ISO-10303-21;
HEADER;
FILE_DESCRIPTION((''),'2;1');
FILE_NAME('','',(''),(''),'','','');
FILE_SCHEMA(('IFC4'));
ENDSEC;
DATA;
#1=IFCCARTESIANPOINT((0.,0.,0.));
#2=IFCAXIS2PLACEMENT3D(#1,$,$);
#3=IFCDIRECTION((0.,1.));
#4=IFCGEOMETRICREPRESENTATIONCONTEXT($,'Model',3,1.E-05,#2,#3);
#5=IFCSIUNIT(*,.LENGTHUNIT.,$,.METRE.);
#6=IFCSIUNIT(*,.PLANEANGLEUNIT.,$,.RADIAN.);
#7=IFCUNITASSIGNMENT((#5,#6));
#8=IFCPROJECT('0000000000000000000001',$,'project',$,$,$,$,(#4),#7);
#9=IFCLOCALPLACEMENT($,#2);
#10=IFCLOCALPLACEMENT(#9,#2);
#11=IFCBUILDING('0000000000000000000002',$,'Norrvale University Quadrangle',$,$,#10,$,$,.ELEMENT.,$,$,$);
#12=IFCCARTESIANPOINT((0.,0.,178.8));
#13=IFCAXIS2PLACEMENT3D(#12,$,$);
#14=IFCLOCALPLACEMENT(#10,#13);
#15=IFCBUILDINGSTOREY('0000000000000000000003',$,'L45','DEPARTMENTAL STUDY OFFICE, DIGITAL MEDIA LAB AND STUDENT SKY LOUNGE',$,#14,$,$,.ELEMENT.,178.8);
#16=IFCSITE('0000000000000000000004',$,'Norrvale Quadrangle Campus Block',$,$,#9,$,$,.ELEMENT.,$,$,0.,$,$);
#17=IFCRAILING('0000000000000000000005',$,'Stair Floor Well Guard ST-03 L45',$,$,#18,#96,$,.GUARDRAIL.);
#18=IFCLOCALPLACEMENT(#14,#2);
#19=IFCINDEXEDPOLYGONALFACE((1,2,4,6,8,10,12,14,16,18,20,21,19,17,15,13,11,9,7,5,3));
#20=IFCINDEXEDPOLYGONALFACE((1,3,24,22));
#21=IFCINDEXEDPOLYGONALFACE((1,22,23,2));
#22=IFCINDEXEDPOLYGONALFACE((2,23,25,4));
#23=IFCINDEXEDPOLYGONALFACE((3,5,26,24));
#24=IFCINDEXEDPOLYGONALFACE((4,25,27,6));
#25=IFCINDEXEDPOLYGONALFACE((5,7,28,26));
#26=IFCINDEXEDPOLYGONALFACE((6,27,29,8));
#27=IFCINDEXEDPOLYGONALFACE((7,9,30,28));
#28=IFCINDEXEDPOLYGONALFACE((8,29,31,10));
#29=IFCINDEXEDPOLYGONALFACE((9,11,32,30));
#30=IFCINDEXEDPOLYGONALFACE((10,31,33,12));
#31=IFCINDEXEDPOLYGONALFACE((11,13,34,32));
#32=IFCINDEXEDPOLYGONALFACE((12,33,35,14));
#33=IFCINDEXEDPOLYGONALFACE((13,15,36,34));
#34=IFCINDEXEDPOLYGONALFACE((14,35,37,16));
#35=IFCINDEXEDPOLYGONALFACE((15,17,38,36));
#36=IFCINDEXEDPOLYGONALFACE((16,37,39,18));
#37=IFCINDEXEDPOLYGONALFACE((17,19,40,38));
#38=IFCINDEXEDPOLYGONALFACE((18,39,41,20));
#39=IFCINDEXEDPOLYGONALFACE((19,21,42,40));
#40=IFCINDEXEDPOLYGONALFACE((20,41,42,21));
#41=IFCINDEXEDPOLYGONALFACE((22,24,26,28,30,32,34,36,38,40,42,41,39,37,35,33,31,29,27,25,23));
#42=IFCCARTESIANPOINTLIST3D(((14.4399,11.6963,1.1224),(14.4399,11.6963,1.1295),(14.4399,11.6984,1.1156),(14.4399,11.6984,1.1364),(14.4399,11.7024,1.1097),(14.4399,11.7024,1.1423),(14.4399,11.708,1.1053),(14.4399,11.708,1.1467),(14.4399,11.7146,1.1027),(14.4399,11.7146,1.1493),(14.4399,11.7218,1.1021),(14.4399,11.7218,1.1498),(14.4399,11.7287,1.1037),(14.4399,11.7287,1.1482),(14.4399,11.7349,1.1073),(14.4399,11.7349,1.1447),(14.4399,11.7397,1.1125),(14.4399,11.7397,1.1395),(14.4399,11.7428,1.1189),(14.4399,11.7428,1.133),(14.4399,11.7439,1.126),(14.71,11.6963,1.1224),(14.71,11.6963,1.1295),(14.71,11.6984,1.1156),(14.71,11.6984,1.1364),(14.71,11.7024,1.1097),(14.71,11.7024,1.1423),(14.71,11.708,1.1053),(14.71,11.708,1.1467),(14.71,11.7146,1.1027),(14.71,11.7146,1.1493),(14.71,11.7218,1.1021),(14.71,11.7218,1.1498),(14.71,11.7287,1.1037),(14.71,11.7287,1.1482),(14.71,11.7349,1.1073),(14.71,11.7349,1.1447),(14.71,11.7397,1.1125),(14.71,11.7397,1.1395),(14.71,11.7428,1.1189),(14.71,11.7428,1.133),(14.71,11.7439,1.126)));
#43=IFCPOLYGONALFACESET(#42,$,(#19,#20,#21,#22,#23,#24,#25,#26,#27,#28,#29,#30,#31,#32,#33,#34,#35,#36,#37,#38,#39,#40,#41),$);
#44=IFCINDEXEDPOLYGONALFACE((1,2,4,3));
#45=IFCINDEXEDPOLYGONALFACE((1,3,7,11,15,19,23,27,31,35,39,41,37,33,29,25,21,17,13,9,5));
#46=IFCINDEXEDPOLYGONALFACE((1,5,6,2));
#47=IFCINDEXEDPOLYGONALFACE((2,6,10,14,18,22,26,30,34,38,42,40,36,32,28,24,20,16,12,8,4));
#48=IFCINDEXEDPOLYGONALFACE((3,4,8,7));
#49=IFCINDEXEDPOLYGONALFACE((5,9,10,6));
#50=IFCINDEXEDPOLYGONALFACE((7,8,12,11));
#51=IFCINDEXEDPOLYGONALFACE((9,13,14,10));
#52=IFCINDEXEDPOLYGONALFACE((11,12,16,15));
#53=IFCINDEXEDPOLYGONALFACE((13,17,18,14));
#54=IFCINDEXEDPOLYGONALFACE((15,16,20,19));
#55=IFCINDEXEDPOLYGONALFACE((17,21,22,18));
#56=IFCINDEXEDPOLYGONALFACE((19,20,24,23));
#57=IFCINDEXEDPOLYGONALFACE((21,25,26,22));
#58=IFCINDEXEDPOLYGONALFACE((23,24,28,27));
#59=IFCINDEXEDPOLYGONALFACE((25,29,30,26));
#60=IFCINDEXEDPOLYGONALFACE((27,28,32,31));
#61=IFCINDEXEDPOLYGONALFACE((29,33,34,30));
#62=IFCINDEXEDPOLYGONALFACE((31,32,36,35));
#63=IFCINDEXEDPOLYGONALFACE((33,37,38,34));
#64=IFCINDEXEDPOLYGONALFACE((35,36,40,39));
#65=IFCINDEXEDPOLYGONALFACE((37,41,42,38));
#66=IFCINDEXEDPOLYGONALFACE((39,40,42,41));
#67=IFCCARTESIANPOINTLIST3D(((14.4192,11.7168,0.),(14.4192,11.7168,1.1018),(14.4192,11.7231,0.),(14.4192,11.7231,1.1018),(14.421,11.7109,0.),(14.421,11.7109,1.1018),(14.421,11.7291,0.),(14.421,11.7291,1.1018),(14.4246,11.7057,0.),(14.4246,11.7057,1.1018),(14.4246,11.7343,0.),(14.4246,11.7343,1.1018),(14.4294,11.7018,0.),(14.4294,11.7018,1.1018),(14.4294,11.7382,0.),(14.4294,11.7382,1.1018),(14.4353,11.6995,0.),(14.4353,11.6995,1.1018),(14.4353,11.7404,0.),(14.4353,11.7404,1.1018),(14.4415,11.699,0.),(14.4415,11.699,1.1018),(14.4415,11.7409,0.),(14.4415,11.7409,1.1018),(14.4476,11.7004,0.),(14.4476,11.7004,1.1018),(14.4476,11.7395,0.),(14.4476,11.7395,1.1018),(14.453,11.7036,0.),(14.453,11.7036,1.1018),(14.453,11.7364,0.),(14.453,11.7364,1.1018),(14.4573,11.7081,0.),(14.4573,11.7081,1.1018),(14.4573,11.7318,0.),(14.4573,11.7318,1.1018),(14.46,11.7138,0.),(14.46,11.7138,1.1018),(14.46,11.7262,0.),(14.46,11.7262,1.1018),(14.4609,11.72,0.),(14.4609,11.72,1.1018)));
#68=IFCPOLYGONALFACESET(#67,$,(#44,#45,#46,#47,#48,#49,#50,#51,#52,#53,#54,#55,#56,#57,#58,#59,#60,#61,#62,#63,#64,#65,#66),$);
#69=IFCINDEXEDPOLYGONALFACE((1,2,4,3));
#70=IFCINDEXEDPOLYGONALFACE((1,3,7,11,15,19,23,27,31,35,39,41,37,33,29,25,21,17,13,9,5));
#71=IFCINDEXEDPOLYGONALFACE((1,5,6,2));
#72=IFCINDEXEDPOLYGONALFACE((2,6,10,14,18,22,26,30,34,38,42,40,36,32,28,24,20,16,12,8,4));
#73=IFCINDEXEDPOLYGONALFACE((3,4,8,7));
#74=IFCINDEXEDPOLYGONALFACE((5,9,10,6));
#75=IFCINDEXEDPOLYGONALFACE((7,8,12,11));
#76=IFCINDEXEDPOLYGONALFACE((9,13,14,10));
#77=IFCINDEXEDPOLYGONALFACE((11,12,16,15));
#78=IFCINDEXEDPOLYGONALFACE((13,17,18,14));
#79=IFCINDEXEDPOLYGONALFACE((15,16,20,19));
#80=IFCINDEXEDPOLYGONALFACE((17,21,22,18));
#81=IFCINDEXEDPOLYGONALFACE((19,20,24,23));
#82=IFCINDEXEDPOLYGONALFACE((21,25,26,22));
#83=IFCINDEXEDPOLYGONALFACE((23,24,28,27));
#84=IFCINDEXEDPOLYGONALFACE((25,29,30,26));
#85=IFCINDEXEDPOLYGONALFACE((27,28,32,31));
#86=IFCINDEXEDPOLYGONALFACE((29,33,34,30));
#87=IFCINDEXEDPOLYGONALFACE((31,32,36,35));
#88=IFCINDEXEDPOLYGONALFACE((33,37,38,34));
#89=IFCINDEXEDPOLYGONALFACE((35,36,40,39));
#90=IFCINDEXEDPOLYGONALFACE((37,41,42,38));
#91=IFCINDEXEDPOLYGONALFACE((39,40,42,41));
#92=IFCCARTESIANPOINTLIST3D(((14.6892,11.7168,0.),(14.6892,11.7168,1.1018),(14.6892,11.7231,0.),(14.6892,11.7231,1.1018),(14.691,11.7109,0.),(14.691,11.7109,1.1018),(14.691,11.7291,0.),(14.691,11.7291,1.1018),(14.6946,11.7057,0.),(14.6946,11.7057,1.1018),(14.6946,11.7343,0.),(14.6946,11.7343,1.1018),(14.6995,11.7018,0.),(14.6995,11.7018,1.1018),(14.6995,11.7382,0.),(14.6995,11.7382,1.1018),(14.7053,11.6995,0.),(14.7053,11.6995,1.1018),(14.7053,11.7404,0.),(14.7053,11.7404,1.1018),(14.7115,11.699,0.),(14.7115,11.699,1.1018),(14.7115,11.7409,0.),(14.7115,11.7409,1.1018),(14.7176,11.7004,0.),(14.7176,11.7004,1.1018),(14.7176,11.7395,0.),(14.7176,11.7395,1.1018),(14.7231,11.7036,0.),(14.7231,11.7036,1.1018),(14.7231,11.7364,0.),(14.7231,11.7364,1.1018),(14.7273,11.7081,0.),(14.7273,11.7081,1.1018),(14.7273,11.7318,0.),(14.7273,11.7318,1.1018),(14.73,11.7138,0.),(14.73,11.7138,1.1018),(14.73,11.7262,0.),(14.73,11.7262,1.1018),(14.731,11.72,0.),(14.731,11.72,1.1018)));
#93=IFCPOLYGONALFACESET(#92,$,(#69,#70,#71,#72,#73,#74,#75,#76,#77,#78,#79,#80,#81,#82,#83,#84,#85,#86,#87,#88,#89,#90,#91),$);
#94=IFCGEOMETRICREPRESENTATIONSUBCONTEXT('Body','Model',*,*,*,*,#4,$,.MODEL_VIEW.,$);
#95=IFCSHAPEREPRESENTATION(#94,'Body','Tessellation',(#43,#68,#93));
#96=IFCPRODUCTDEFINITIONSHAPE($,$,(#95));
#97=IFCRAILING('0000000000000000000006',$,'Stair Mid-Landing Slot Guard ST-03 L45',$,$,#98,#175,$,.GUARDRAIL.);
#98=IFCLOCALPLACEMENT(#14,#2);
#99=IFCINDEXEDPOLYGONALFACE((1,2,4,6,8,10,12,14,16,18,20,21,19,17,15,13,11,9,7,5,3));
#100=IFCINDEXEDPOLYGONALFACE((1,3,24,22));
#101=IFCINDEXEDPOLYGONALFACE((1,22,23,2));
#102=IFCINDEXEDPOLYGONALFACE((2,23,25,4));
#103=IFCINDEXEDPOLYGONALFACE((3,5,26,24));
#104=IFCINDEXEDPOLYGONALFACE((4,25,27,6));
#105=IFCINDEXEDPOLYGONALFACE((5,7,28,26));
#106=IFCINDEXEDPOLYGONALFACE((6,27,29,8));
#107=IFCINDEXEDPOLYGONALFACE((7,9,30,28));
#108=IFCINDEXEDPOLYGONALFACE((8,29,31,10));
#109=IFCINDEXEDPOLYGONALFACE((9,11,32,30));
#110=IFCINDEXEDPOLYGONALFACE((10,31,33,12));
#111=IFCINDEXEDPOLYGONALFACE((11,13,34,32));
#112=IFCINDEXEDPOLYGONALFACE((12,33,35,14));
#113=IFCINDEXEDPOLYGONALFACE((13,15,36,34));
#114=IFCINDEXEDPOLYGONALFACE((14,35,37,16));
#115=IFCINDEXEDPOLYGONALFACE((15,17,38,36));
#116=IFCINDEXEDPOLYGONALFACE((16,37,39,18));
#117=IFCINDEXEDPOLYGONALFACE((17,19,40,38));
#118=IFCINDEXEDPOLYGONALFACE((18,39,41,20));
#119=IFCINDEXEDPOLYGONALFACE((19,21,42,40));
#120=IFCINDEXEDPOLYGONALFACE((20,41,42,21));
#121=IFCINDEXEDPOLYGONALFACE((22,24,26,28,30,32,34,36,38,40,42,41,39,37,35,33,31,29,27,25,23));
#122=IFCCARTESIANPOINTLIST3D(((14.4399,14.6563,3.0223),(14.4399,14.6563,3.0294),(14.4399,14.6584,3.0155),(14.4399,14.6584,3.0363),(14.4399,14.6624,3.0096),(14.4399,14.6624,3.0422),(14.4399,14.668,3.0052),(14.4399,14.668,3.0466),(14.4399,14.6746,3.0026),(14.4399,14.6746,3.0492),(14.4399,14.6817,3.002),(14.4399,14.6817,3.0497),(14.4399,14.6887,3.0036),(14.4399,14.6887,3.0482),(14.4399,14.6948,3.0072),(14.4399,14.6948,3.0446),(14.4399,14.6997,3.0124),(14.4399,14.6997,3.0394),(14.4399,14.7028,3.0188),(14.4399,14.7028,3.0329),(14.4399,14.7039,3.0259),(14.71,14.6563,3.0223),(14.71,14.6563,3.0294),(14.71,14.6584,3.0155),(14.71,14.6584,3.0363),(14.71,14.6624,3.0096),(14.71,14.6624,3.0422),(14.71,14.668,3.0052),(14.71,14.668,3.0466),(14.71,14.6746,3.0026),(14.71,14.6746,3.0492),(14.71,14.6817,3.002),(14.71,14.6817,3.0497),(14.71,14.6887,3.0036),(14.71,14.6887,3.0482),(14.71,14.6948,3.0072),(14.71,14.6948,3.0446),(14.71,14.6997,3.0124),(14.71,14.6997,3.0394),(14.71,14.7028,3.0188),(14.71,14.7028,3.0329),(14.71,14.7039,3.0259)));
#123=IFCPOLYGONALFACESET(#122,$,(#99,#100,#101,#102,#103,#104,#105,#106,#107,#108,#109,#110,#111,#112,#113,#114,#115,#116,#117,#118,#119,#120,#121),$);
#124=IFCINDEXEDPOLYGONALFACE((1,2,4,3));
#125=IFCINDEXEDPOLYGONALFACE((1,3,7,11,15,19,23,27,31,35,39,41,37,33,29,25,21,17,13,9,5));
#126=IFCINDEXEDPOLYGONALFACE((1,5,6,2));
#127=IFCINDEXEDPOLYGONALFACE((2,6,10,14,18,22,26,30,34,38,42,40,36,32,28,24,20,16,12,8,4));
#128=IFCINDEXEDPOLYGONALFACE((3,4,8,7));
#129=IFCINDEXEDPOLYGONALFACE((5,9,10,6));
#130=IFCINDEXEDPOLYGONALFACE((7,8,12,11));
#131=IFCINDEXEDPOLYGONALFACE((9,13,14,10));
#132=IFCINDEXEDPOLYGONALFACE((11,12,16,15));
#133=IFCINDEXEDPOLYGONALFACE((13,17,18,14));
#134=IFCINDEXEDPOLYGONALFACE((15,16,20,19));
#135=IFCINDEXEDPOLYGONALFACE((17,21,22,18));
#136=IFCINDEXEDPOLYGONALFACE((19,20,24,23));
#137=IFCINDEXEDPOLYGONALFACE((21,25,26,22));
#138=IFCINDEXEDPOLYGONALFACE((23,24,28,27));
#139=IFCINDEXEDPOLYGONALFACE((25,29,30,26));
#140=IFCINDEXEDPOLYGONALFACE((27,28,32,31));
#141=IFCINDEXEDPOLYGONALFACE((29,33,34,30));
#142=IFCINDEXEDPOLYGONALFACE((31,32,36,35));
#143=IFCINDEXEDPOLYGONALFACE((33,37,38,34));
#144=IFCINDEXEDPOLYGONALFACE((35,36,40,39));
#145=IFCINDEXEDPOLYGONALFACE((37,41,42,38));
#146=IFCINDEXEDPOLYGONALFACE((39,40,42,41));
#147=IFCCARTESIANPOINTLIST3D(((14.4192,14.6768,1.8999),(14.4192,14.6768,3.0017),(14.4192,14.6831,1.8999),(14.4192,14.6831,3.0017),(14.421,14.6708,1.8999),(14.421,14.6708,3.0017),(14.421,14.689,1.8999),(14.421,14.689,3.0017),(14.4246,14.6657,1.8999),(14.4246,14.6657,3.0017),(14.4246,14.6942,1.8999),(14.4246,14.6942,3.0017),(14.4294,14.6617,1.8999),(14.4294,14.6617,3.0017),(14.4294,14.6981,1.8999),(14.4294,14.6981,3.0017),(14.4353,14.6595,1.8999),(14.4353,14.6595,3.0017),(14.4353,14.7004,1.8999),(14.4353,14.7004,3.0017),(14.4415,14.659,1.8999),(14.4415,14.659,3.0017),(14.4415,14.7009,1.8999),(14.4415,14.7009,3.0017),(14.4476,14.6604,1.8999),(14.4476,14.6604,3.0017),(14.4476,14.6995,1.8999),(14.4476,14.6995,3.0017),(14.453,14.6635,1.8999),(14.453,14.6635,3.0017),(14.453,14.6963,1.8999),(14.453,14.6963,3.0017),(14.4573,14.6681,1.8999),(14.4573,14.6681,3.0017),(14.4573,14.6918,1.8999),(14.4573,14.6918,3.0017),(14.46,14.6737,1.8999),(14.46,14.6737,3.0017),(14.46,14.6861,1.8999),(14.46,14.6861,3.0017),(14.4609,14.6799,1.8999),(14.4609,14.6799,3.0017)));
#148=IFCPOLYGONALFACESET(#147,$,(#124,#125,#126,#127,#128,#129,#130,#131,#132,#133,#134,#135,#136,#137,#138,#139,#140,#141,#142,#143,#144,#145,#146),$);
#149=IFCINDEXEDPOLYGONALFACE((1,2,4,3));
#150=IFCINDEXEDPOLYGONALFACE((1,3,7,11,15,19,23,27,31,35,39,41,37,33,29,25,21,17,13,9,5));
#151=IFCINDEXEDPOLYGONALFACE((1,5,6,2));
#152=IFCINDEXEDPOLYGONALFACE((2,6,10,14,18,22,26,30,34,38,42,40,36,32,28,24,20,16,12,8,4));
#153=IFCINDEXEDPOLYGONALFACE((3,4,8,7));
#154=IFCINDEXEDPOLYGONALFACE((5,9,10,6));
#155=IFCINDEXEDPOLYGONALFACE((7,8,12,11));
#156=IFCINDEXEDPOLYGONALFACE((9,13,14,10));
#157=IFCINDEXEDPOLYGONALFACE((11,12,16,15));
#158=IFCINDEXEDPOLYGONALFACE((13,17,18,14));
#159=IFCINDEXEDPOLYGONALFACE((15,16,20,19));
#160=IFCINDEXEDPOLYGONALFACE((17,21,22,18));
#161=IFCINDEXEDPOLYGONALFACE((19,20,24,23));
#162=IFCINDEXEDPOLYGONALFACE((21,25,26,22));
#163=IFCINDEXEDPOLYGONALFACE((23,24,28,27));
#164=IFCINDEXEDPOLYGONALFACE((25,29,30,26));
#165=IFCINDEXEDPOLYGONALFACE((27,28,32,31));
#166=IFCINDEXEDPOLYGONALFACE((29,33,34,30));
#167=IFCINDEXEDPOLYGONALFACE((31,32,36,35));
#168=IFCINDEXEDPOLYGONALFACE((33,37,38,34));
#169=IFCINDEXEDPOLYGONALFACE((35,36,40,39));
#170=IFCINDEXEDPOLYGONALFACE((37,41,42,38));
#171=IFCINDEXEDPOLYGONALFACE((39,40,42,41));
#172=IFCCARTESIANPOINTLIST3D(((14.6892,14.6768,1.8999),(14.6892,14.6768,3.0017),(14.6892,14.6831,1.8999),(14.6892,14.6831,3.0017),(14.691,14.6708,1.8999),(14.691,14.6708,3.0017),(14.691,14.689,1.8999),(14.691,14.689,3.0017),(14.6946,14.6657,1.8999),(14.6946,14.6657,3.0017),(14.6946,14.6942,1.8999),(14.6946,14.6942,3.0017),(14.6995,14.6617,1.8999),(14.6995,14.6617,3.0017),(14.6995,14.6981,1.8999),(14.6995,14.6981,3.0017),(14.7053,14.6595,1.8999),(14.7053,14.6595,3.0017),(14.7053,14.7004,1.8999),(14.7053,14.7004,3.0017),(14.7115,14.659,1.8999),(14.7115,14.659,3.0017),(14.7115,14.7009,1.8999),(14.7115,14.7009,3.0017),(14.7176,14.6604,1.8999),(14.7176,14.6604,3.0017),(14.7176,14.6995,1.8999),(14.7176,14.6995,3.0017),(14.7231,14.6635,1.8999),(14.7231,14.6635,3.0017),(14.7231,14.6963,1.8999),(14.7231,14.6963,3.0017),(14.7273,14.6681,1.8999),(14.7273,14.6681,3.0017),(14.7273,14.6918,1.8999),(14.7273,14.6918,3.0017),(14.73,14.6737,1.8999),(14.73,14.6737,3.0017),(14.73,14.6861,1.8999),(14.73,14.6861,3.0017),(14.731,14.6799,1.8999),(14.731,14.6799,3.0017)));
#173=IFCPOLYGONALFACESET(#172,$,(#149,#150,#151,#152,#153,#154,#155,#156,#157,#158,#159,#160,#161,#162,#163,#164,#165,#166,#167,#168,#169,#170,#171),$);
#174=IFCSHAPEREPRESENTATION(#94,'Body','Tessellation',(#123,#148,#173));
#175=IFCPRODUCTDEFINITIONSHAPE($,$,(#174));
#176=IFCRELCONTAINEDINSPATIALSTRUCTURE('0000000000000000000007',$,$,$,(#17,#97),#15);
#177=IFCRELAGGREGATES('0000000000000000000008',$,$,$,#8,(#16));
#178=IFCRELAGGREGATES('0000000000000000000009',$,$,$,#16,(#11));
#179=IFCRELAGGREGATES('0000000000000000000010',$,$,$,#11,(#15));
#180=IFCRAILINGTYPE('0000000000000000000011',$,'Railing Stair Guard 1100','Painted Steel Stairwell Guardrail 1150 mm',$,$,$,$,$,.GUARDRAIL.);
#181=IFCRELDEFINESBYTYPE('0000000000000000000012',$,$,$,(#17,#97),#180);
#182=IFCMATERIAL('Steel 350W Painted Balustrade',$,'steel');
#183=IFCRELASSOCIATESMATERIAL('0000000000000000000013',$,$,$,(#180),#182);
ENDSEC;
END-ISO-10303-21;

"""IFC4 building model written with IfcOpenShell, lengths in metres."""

from ifc_helpers import new_model, si_unit, direction, frame, origin, origin_2d, place, context, subcontext, project, spatial, circle, extrude, material, type_object, element, save


model = new_model("IFC4")

# Units and contexts
model_context = context("Model", 3, precision=1e-05, world=origin(), true_north=direction((0.0, 1.0)))
body_context = subcontext(model_context, "Body", "Model", "MODEL_VIEW")
ifc_project = project(units=[si_unit("LENGTHUNIT", "METRE"), si_unit("PLANEANGLEUNIT", "RADIAN")], contexts=[model_context])

# Site, building, storey
site_placement = place(None, origin())
site = spatial("IfcSite", under=ifc_project, at=site_placement, Name="Norrvale Quadrangle Campus Block", CompositionType="ELEMENT", RefElevation=0.0)
building_placement = place(site_placement, origin())
building = spatial("IfcBuilding", under=site, at=building_placement, Name="Norrvale University Quadrangle", CompositionType="ELEMENT")
storey_placement = place(building_placement, frame((0.0, 0.0, 178.8)))
storey = spatial("IfcBuildingStorey", under=building, at=storey_placement, Name="L45", Description="DEPARTMENTAL STUDY OFFICE, DIGITAL MEDIA LAB AND STUDENT SKY LOUNGE", CompositionType="ELEMENT", Elevation=178.8)

# Railings
ifc_material_1 = material(Name="Steel 350W Painted Balustrade", Category="steel")
railing_type_1 = type_object("IfcRailingType", Name="Railing Stair Guard 1100", Description="Painted Steel Stairwell Guardrail 1150 mm", PredefinedType="GUARDRAIL", material=ifc_material_1)
for number, where, name in (
    (1, (14.4399, 11.72, 0.0), "Stair Floor Well Guard ST-03 L45"),
    (2, (14.4399, 14.6799, 1.8999), "Stair Mid-Landing Slot Guard ST-03 L45"),
):
    element("IfcRailing", number, at=place(storey_placement, frame(where)), inside=storey, type_object=railing_type_1, Name=name, PredefinedType="GUARDRAIL", context=body_context, shape_type="SweptSolid", body=[
        extrude(circle(Radius=0.0239, at=origin_2d()), frame((0.0, 0.0, 1.126), z_axis=(1.0, 0.0, 0.0), x_axis=(0.0, 1.0, 0.0)), (0.0, 0.0, 1.0), 0.27),
        extrude(circle(Radius=0.021, at=origin_2d()), origin(), (0.0, 0.0, 1.0), 1.1018),
        extrude(circle(Radius=0.021, at=origin_2d()), frame((0.27, 0.0, 0.0)), (0.0, 0.0, 1.0), 1.1018),
    ])

save(model, "model.ifc")
